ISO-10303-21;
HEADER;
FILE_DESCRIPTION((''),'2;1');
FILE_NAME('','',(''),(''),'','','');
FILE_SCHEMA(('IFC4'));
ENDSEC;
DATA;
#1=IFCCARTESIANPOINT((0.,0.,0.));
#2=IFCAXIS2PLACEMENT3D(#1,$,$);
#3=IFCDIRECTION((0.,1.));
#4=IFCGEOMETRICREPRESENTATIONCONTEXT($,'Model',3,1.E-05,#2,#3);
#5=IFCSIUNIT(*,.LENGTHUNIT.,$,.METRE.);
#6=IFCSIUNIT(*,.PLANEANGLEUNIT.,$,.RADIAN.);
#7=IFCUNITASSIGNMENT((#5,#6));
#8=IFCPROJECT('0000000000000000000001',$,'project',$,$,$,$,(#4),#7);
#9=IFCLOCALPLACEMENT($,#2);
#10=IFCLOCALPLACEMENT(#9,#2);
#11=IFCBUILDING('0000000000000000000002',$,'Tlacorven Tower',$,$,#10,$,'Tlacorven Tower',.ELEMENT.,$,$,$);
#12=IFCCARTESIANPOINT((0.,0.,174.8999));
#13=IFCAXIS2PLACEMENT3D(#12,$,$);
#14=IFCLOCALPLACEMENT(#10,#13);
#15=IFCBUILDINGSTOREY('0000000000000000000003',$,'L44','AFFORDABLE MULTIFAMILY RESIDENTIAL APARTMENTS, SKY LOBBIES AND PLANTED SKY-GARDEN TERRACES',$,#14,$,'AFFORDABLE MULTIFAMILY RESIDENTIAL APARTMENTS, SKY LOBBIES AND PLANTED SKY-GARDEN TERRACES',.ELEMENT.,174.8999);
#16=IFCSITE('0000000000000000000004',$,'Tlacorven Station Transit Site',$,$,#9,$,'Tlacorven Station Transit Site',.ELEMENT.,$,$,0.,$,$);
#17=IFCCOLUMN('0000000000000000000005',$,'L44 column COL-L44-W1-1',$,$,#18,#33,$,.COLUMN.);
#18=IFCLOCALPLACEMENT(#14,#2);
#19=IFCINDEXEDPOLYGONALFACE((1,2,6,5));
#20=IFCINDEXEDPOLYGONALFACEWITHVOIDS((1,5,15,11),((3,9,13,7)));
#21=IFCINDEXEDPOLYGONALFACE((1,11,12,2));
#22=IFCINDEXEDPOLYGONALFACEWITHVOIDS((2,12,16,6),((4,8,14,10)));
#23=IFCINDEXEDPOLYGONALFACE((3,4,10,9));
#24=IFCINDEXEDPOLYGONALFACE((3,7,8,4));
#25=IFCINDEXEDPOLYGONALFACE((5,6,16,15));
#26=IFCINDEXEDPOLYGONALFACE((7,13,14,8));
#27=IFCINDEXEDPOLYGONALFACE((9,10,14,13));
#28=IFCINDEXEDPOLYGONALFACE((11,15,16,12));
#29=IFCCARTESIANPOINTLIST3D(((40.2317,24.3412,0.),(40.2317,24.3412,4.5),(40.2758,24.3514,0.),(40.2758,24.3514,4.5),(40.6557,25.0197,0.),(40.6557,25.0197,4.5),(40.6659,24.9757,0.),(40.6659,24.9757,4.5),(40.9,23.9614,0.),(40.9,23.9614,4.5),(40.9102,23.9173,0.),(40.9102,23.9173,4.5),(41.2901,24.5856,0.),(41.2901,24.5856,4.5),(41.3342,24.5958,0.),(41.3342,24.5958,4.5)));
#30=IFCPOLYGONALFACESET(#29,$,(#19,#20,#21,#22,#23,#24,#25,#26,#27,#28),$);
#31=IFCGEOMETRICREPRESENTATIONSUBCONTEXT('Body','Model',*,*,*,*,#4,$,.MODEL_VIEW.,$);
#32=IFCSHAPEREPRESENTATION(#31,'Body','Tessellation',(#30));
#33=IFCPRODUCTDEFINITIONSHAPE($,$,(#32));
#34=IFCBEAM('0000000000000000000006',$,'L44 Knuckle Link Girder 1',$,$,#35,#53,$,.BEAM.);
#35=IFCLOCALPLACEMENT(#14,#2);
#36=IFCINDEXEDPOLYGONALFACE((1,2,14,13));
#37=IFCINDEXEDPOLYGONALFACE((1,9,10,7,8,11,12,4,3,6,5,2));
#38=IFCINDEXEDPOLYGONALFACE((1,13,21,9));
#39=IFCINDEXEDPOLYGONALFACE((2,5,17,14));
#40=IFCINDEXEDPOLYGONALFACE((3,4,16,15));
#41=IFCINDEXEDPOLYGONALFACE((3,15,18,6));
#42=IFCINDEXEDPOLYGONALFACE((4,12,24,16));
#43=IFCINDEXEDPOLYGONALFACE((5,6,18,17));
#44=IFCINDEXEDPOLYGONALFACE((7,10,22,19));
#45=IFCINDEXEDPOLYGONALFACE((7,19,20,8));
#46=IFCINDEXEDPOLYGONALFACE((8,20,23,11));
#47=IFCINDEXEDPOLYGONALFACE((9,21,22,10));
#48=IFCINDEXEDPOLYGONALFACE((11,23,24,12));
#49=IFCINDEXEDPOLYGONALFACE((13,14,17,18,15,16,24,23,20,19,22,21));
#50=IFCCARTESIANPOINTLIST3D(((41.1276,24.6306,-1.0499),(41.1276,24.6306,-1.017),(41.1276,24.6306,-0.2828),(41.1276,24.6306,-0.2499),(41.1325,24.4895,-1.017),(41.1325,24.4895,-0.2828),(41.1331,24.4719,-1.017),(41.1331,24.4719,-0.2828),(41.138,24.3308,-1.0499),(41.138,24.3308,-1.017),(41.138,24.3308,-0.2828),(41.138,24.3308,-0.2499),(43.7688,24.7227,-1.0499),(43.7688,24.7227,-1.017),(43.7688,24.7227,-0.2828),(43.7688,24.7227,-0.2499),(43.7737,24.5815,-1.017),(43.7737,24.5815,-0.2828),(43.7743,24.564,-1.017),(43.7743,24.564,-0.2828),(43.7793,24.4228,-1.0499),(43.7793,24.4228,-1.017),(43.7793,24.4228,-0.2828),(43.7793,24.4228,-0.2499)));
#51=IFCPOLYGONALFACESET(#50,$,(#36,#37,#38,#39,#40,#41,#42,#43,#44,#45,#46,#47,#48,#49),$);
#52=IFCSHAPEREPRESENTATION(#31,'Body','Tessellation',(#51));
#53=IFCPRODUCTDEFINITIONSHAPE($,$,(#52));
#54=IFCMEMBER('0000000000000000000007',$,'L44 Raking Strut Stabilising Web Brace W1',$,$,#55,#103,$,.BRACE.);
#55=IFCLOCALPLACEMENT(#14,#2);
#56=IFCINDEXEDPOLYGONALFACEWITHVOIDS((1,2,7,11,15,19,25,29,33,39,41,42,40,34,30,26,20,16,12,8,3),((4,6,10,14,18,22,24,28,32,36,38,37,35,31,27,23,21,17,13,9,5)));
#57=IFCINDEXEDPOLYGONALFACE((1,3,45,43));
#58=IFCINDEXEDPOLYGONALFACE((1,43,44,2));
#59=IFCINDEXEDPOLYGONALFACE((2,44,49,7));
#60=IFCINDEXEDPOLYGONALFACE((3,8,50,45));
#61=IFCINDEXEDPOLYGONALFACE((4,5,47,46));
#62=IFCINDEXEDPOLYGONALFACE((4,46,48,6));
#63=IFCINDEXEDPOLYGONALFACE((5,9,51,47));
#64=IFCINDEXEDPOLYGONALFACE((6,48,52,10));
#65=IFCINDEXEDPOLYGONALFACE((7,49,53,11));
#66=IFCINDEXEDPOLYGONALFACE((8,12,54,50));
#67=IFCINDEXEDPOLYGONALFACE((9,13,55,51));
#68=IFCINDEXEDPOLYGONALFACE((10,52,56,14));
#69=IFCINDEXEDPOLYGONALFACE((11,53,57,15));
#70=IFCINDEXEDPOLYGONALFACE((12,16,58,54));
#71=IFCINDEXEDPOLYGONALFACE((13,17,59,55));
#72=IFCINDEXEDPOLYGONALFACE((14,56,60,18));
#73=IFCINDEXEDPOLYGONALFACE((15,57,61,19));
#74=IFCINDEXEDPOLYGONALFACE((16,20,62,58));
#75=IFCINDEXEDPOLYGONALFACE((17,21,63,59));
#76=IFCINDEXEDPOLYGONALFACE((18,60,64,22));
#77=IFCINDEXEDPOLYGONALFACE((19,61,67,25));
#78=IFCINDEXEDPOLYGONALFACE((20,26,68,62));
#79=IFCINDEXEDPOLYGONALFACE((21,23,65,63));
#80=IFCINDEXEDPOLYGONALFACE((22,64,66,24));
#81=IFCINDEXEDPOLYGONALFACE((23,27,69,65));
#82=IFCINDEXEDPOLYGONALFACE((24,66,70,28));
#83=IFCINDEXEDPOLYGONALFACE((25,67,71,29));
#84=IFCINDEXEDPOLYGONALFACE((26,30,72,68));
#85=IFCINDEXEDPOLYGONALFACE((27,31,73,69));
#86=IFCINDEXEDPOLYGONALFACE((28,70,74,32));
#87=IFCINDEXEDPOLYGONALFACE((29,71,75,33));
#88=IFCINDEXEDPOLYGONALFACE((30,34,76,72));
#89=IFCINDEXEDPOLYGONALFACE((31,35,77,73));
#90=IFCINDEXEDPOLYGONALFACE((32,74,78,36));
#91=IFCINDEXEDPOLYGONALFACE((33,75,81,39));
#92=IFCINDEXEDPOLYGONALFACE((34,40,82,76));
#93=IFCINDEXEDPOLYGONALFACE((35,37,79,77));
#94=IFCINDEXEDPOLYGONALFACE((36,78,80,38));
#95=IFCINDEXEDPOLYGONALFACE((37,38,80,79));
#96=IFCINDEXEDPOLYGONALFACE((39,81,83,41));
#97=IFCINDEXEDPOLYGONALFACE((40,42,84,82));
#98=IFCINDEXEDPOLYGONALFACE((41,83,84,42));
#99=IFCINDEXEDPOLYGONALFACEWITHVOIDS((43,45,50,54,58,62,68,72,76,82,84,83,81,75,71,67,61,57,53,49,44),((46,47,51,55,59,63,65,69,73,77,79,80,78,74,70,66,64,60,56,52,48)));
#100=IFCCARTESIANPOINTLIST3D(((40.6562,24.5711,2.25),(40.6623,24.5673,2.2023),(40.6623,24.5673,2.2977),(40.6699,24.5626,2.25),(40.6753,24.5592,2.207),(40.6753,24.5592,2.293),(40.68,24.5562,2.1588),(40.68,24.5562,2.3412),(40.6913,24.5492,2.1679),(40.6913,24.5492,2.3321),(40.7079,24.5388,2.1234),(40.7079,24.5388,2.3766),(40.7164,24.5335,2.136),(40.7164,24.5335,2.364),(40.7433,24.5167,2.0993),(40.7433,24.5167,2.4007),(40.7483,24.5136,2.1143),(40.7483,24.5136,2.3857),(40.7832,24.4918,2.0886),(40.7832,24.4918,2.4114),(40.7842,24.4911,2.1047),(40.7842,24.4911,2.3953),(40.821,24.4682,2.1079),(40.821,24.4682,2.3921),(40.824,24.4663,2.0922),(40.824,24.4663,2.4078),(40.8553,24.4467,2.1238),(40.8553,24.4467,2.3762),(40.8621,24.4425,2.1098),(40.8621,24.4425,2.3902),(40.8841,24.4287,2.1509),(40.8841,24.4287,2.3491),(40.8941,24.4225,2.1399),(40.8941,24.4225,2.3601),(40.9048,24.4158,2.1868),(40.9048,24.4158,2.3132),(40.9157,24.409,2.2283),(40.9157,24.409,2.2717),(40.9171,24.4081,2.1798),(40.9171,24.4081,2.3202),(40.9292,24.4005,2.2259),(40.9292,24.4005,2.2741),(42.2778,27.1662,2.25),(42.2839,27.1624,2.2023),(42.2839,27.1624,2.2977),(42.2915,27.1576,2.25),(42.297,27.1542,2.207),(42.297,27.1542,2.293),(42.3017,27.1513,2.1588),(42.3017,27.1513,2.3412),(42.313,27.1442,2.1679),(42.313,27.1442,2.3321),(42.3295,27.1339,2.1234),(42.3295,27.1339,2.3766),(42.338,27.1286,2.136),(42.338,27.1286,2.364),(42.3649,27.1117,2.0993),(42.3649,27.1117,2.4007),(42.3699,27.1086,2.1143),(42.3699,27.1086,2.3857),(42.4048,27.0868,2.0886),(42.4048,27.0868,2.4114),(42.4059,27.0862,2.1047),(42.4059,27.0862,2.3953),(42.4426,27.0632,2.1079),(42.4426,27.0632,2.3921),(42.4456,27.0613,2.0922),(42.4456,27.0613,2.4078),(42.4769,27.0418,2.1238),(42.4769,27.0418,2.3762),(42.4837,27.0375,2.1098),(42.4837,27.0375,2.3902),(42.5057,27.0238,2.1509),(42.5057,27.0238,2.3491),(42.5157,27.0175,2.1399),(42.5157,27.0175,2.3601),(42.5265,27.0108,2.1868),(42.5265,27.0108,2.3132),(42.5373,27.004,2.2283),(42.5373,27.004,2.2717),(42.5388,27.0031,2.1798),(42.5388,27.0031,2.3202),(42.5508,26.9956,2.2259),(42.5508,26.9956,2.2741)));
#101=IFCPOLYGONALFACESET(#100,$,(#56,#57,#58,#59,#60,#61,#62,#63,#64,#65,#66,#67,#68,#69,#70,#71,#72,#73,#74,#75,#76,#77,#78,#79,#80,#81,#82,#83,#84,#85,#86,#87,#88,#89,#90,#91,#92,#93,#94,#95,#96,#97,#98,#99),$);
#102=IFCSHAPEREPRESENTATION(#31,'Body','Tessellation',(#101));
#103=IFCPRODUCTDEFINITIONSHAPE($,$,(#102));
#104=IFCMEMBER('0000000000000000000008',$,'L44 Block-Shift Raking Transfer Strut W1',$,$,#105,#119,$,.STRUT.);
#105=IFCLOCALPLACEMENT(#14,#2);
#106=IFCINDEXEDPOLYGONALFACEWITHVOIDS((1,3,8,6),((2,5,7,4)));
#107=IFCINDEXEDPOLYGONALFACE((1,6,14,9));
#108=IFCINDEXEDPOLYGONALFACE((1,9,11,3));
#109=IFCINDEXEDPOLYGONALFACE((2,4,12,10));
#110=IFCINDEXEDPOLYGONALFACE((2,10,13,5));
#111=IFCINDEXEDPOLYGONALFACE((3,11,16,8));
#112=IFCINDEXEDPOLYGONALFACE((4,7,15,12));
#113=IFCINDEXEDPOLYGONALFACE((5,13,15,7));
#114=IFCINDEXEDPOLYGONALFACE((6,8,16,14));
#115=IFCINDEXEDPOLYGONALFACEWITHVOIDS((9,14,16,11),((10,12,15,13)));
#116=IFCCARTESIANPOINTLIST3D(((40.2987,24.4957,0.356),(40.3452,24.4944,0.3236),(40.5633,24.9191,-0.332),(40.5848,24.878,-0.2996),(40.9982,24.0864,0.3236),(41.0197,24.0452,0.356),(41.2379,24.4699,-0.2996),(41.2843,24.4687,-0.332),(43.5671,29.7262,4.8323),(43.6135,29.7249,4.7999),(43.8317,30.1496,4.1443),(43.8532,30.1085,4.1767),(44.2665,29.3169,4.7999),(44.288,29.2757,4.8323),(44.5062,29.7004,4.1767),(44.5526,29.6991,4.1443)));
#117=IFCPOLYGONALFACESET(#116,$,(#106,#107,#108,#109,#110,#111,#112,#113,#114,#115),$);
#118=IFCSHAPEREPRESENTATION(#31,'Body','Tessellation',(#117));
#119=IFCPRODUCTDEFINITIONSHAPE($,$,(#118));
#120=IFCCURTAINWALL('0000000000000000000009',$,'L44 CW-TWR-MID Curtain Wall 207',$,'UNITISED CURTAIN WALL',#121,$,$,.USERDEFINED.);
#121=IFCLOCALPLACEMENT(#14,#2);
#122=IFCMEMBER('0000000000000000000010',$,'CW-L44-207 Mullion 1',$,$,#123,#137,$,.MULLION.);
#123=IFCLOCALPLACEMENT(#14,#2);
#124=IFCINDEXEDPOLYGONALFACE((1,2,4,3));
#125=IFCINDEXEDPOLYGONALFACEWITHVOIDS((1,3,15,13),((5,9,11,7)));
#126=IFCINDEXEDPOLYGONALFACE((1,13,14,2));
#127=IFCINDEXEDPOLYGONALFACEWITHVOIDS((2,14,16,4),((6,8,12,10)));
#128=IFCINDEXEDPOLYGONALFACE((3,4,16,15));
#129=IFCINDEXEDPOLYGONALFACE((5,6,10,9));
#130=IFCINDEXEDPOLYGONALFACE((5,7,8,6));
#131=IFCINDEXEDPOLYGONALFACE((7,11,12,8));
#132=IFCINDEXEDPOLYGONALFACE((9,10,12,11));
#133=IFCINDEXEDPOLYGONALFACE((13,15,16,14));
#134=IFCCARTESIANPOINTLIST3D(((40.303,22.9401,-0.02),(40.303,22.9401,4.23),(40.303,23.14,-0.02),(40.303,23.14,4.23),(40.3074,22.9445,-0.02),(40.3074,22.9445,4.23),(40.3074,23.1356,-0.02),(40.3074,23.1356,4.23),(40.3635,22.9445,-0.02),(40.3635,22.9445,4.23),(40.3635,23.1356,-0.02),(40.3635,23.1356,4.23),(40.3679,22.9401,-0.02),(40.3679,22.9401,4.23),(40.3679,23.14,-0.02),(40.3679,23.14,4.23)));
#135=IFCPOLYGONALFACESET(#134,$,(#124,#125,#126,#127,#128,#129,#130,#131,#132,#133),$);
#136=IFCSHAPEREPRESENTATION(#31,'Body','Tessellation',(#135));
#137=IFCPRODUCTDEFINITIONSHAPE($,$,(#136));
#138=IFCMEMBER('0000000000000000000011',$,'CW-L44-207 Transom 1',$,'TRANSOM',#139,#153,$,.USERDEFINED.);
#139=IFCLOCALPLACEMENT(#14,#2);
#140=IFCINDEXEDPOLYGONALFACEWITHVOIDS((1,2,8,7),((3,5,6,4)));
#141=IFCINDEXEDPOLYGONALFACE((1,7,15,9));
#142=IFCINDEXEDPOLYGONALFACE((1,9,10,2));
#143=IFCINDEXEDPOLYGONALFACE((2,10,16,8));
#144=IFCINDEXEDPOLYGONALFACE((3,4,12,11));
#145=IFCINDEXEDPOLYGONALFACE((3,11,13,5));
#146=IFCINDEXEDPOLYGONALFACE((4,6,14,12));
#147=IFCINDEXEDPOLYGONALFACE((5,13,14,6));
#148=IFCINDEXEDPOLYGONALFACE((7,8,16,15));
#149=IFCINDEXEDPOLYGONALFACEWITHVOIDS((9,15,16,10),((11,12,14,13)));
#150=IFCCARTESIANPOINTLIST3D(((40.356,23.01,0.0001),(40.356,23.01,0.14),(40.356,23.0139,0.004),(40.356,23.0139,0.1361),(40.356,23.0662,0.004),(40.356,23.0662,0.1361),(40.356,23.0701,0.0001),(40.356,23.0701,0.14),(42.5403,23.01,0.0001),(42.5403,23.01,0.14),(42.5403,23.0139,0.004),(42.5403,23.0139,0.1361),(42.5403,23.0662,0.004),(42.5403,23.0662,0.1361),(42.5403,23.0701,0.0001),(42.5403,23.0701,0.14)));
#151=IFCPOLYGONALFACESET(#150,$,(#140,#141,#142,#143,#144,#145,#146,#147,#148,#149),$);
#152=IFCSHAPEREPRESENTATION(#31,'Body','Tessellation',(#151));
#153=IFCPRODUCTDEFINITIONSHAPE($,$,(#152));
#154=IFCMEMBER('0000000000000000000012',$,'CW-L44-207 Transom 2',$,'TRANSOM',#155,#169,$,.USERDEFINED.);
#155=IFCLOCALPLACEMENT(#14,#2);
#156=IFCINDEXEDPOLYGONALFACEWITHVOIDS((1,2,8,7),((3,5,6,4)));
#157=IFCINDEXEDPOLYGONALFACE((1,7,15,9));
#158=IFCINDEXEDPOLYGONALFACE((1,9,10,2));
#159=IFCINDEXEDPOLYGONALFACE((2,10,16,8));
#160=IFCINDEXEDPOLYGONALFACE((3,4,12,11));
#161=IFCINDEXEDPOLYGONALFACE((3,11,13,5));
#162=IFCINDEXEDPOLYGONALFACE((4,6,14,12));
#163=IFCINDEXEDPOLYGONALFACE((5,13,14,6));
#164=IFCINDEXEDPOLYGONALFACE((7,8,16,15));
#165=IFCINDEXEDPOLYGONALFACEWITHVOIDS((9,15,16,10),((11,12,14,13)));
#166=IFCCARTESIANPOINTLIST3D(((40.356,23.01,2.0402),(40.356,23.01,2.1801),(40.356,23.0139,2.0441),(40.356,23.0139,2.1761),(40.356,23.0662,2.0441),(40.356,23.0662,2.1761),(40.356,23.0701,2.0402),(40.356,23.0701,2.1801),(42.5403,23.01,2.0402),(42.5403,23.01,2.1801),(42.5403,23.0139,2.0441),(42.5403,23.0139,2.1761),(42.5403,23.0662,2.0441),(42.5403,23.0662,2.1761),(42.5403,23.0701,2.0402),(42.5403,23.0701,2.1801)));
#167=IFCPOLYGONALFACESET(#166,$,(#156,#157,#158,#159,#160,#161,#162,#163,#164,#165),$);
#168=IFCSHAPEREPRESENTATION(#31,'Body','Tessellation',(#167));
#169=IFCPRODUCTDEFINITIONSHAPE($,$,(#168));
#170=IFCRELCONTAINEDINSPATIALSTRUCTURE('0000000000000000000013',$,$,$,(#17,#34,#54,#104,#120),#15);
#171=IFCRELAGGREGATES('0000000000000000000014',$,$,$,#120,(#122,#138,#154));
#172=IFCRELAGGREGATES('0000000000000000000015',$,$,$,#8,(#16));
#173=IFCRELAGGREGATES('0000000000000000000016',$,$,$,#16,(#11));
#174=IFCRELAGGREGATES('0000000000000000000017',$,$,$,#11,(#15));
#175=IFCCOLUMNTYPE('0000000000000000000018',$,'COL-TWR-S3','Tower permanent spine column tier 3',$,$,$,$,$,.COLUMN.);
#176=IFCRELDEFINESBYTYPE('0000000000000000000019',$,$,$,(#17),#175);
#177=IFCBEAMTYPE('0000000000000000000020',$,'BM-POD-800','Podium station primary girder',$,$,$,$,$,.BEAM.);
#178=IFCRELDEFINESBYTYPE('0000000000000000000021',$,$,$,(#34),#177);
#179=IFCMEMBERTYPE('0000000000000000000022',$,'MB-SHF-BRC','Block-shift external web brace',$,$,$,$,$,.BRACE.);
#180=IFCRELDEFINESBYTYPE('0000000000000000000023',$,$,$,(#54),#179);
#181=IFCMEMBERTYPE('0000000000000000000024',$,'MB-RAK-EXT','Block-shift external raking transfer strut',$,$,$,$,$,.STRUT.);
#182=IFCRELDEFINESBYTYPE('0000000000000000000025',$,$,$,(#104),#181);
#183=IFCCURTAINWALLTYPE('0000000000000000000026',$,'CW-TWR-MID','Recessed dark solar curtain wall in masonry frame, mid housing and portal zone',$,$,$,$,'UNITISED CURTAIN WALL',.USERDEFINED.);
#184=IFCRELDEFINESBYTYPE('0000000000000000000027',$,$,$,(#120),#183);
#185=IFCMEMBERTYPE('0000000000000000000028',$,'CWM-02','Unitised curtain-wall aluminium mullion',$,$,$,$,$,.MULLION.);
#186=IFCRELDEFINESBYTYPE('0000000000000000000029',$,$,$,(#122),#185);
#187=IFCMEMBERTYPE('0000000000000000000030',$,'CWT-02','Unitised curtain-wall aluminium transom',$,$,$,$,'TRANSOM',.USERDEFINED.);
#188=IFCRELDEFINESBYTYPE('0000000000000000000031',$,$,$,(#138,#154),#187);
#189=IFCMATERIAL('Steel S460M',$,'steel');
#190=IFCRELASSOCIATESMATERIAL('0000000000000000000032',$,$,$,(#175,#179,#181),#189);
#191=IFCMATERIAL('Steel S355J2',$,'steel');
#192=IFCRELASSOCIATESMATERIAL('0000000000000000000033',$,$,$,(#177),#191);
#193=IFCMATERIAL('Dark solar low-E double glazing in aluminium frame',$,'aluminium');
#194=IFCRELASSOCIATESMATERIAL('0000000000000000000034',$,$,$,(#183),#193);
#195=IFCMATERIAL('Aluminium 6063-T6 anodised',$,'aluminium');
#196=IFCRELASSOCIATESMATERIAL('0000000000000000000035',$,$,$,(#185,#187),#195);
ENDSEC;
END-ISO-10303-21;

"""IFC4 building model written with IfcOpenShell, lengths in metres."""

from ifc_helpers import new_model, si_unit, direction, frame, origin, origin_2d, place, context, subcontext, project, spatial, hollow_rectangle, hollow_circle, i_section, extrude, source, transform, mapped, material, material_profile, profile_set, type_object, element, aggregate, save


model = new_model("IFC4")

# Units and contexts
model_context = context("Model", 3, precision=1e-05, world=origin(), true_north=direction((0.0, 1.0)))
body_context = subcontext(model_context, "Body", "Model", "MODEL_VIEW")
ifc_project = project(units=[si_unit("LENGTHUNIT", "METRE"), si_unit("PLANEANGLEUNIT", "RADIAN")], contexts=[model_context])

# Site, building, storey
site_placement = place(None, origin())
site = spatial("IfcSite", under=ifc_project, at=site_placement, Name="Tlacorven Station Transit Site", LongName="Tlacorven Station Transit Site", CompositionType="ELEMENT", RefElevation=0.0)
building_placement = place(site_placement, origin())
building = spatial("IfcBuilding", under=site, at=building_placement, Name="Tlacorven Tower", LongName="Tlacorven Tower", CompositionType="ELEMENT")
storey_placement = place(building_placement, frame((0.0, 0.0, 174.8999)))
storey = spatial("IfcBuildingStorey", under=building, at=storey_placement, Name="L44", Description="AFFORDABLE MULTIFAMILY RESIDENTIAL APARTMENTS, SKY LOBBIES AND PLANTED SKY-GARDEN TERRACES", LongName="AFFORDABLE MULTIFAMILY RESIDENTIAL APARTMENTS, SKY LOBBIES AND PLANTED SKY-GARDEN TERRACES", CompositionType="ELEMENT", Elevation=174.8999)

# Column
ifc_material_1 = material(Name="Steel S460M", Category="steel")
ifc_material_profile_1 = material_profile(ifc_material_1, hollow_rectangle(XDim=0.8, YDim=0.8, WallThickness=0.032, at=origin_2d()), Name="BOX 800X800X32")
ifc_profile_set_1 = profile_set([ifc_material_profile_1], Name="Steel S460M")
column_type = type_object("IfcColumnType", Name="COL-TWR-S3", Description="Tower permanent spine column tier 3", PredefinedType="COLUMN", material=ifc_profile_set_1)
shared_shape_1 = source(origin(), body_context, "Body", "SweptSolid", [
    extrude(hollow_rectangle(XDim=0.8, YDim=0.8, WallThickness=0.032, at=origin_2d()), origin(), (0.0, 0.0, 1.0), 4.5),
])
column_placement = place(storey_placement, frame((40.783, 24.4685, 0.0), z_axis=(0.0, 0.0, 1.0), x_axis=(-0.848048, 0.529919, 0.0)))
element("IfcColumn", 1, at=column_placement, inside=storey, type_object=column_type, Name="L44 column COL-L44-W1-1", PredefinedType="COLUMN", context=body_context, shape_type="MappedRepresentation", body=[
    mapped(shared_shape_1, transform((0.0, 0.0, 0.0), scale=1.0)),
])

# Beam
ifc_material_2 = material(Name="Steel S355J2", Category="steel")
ifc_material_profile_2 = material_profile(ifc_material_2, i_section(OverallWidth=0.3, OverallDepth=0.8, WebThickness=0.0176, FlangeThickness=0.033, at=origin_2d()), Name="HEB 800")
ifc_profile_set_2 = profile_set([ifc_material_profile_2], Name="Steel S355J2")
beam_type = type_object("IfcBeamType", Name="BM-POD-800", Description="Podium station primary girder", PredefinedType="BEAM", material=ifc_profile_set_2)
shared_shape_2 = source(origin(), body_context, "Body", "SweptSolid", [
    extrude(i_section(OverallWidth=0.3, OverallDepth=0.8, WebThickness=0.0176, FlangeThickness=0.033, at=origin_2d()), origin(), (0.0, 0.0, 1.0), 2.6428),
])
beam_placement = place(storey_placement, frame((41.1328, 24.4807, -0.6499), z_axis=(0.999393, 0.034828, 0.0), x_axis=(-0.034828, 0.999393, 0.0)))
element("IfcBeam", 2, at=beam_placement, inside=storey, type_object=beam_type, Name="L44 Knuckle Link Girder 1", PredefinedType="BEAM", context=body_context, shape_type="MappedRepresentation", body=[
    mapped(shared_shape_2, transform((0.0, 0.0, 0.0), scale=1.0)),
])

# Members
ifc_material_profile_3 = material_profile(ifc_material_1, hollow_circle(Radius=0.1619, WallThickness=0.0161, at=origin_2d()), Name="CHS 323.9X16")
ifc_profile_set_3 = profile_set([ifc_material_profile_3], Name="Steel S460M")
member_type_1 = type_object("IfcMemberType", Name="MB-SHF-BRC", Description="Block-shift external web brace", PredefinedType="BRACE", material=ifc_profile_set_3)
shared_shape_3 = source(origin(), body_context, "Body", "SweptSolid", [
    extrude(hollow_circle(Radius=0.1619, WallThickness=0.0161, at=origin_2d()), origin(), (0.0, 0.0, 1.0), 3.0601),
])
member_1_placement = place(storey_placement, frame((40.7935, 24.4854, 2.25), z_axis=(0.529934, 0.848039, 0.0), x_axis=(-0.848039, 0.529934, 0.0)))
element("IfcMember", 3, at=member_1_placement, inside=storey, type_object=member_type_1, Name="L44 Raking Strut Stabilising Web Brace W1", PredefinedType="BRACE", context=body_context, shape_type="MappedRepresentation", body=[
    mapped(shared_shape_3, transform((0.0, 0.0, 0.0), scale=1.0)),
])
ifc_material_profile_4 = material_profile(ifc_material_1, hollow_rectangle(XDim=0.8501, YDim=0.8501, WallThickness=0.04, at=origin_2d()), Name="BOX 850X850X40")
ifc_profile_set_4 = profile_set([ifc_material_profile_4], Name="Steel S460M")
member_type_2 = type_object("IfcMemberType", Name="MB-RAK-EXT", Description="Block-shift external raking transfer strut", PredefinedType="STRUT", material=ifc_profile_set_4)
shared_shape_4 = source(origin(), body_context, "Body", "SweptSolid", [
    extrude(hollow_rectangle(XDim=0.8501, YDim=0.8501, WallThickness=0.04, at=origin_2d()), origin(), (0.0, 0.0, 1.0), 7.6208),
])
member_2_placement = place(storey_placement, frame((40.7915, 24.4822, 0.012), z_axis=(0.428865, 0.686338, 0.587379), x_axis=(-0.848052, 0.529914, 0.0)))
element("IfcMember", 4, at=member_2_placement, inside=storey, type_object=member_type_2, Name="L44 Block-Shift Raking Transfer Strut W1", PredefinedType="STRUT", context=body_context, shape_type="MappedRepresentation", body=[
    mapped(shared_shape_4, transform((0.0, 0.0, 0.0), scale=1.0)),
])

# Curtain wall, members
ifc_material_3 = material(Name="Dark solar low-E double glazing in aluminium frame", Category="aluminium")
curtain_wall_type = type_object("IfcCurtainWallType", Name="CW-TWR-MID", Description="Recessed dark solar curtain wall in masonry frame, mid housing and portal zone", ElementType="UNITISED CURTAIN WALL", PredefinedType="USERDEFINED", material=ifc_material_3)
curtain_wall_placement = place(storey_placement, origin())
curtain_wall = element("IfcCurtainWall", 5, at=curtain_wall_placement, inside=storey, type_object=curtain_wall_type, Name="L44 CW-TWR-MID Curtain Wall 207", ObjectType="UNITISED CURTAIN WALL", PredefinedType="USERDEFINED")
ifc_material_4 = material(Name="Aluminium 6063-T6 anodised", Category="aluminium")
ifc_material_profile_5 = material_profile(ifc_material_4, hollow_rectangle(XDim=0.0649, YDim=0.2, WallThickness=0.0044, at=origin_2d()), Name="ALU MULLION 65X200")
ifc_profile_set_5 = profile_set([ifc_material_profile_5], Name="Aluminium 6063-T6 anodised")
member_type_3 = type_object("IfcMemberType", Name="CWM-02", Description="Unitised curtain-wall aluminium mullion", PredefinedType="MULLION", material=ifc_profile_set_5)
shared_shape_5 = source(origin(), body_context, "Body", "SweptSolid", [
    extrude(hollow_rectangle(XDim=0.0649, YDim=0.2, WallThickness=0.0044, at=origin_2d()), origin(), (0.0, 0.0, 1.0), 4.25),
])
member_3_placement = place(storey_placement, frame((40.3354, 23.04, -0.02), z_axis=(0.0, 0.0, 1.0), x_axis=(1.0, 0.0, 0.0)))
member_3 = element("IfcMember", 6, at=member_3_placement, type_object=member_type_3, Name="CW-L44-207 Mullion 1", PredefinedType="MULLION", context=body_context, shape_type="MappedRepresentation", body=[
    mapped(shared_shape_5, transform((0.0, 0.0, 0.0), scale=1.0)),
])
ifc_material_profile_6 = material_profile(ifc_material_4, hollow_rectangle(XDim=0.0601, YDim=0.1399, WallThickness=0.0039, at=origin_2d()), Name="ALU TRANSOM 60X140")
ifc_profile_set_6 = profile_set([ifc_material_profile_6], Name="Aluminium 6063-T6 anodised")
member_type_4 = type_object("IfcMemberType", Name="CWT-02", Description="Unitised curtain-wall aluminium transom", ElementType="TRANSOM", PredefinedType="USERDEFINED", material=ifc_profile_set_6)
shared_shape_6 = source(origin(), body_context, "Body", "SweptSolid", [
    extrude(hollow_rectangle(XDim=0.0601, YDim=0.1399, WallThickness=0.0039, at=origin_2d()), origin(), (0.0, 0.0, 1.0), 2.1843),
])
member_4_placement = place(storey_placement, frame((40.356, 23.04, 0.0701), z_axis=(1.0, 0.0, 0.0), x_axis=(0.0, 1.0, 0.0)))
member_4 = element("IfcMember", 7, at=member_4_placement, type_object=member_type_4, Name="CW-L44-207 Transom 1", ObjectType="TRANSOM", PredefinedType="USERDEFINED", context=body_context, shape_type="MappedRepresentation", body=[
    mapped(shared_shape_6, transform((0.0, 0.0, 0.0), scale=1.0)),
])
member_5_placement = place(storey_placement, frame((40.356, 23.04, 2.1101), z_axis=(1.0, 0.0, 0.0), x_axis=(0.0, 1.0, 0.0)))
member_5 = element("IfcMember", 8, at=member_5_placement, type_object=member_type_4, Name="CW-L44-207 Transom 2", ObjectType="TRANSOM", PredefinedType="USERDEFINED", context=body_context, shape_type="MappedRepresentation", body=[
    mapped(shared_shape_6, transform((0.0, 0.0, 0.0), scale=1.0)),
])

aggregate(curtain_wall, [member_3, member_4, member_5])

save(model, "model.ifc")
